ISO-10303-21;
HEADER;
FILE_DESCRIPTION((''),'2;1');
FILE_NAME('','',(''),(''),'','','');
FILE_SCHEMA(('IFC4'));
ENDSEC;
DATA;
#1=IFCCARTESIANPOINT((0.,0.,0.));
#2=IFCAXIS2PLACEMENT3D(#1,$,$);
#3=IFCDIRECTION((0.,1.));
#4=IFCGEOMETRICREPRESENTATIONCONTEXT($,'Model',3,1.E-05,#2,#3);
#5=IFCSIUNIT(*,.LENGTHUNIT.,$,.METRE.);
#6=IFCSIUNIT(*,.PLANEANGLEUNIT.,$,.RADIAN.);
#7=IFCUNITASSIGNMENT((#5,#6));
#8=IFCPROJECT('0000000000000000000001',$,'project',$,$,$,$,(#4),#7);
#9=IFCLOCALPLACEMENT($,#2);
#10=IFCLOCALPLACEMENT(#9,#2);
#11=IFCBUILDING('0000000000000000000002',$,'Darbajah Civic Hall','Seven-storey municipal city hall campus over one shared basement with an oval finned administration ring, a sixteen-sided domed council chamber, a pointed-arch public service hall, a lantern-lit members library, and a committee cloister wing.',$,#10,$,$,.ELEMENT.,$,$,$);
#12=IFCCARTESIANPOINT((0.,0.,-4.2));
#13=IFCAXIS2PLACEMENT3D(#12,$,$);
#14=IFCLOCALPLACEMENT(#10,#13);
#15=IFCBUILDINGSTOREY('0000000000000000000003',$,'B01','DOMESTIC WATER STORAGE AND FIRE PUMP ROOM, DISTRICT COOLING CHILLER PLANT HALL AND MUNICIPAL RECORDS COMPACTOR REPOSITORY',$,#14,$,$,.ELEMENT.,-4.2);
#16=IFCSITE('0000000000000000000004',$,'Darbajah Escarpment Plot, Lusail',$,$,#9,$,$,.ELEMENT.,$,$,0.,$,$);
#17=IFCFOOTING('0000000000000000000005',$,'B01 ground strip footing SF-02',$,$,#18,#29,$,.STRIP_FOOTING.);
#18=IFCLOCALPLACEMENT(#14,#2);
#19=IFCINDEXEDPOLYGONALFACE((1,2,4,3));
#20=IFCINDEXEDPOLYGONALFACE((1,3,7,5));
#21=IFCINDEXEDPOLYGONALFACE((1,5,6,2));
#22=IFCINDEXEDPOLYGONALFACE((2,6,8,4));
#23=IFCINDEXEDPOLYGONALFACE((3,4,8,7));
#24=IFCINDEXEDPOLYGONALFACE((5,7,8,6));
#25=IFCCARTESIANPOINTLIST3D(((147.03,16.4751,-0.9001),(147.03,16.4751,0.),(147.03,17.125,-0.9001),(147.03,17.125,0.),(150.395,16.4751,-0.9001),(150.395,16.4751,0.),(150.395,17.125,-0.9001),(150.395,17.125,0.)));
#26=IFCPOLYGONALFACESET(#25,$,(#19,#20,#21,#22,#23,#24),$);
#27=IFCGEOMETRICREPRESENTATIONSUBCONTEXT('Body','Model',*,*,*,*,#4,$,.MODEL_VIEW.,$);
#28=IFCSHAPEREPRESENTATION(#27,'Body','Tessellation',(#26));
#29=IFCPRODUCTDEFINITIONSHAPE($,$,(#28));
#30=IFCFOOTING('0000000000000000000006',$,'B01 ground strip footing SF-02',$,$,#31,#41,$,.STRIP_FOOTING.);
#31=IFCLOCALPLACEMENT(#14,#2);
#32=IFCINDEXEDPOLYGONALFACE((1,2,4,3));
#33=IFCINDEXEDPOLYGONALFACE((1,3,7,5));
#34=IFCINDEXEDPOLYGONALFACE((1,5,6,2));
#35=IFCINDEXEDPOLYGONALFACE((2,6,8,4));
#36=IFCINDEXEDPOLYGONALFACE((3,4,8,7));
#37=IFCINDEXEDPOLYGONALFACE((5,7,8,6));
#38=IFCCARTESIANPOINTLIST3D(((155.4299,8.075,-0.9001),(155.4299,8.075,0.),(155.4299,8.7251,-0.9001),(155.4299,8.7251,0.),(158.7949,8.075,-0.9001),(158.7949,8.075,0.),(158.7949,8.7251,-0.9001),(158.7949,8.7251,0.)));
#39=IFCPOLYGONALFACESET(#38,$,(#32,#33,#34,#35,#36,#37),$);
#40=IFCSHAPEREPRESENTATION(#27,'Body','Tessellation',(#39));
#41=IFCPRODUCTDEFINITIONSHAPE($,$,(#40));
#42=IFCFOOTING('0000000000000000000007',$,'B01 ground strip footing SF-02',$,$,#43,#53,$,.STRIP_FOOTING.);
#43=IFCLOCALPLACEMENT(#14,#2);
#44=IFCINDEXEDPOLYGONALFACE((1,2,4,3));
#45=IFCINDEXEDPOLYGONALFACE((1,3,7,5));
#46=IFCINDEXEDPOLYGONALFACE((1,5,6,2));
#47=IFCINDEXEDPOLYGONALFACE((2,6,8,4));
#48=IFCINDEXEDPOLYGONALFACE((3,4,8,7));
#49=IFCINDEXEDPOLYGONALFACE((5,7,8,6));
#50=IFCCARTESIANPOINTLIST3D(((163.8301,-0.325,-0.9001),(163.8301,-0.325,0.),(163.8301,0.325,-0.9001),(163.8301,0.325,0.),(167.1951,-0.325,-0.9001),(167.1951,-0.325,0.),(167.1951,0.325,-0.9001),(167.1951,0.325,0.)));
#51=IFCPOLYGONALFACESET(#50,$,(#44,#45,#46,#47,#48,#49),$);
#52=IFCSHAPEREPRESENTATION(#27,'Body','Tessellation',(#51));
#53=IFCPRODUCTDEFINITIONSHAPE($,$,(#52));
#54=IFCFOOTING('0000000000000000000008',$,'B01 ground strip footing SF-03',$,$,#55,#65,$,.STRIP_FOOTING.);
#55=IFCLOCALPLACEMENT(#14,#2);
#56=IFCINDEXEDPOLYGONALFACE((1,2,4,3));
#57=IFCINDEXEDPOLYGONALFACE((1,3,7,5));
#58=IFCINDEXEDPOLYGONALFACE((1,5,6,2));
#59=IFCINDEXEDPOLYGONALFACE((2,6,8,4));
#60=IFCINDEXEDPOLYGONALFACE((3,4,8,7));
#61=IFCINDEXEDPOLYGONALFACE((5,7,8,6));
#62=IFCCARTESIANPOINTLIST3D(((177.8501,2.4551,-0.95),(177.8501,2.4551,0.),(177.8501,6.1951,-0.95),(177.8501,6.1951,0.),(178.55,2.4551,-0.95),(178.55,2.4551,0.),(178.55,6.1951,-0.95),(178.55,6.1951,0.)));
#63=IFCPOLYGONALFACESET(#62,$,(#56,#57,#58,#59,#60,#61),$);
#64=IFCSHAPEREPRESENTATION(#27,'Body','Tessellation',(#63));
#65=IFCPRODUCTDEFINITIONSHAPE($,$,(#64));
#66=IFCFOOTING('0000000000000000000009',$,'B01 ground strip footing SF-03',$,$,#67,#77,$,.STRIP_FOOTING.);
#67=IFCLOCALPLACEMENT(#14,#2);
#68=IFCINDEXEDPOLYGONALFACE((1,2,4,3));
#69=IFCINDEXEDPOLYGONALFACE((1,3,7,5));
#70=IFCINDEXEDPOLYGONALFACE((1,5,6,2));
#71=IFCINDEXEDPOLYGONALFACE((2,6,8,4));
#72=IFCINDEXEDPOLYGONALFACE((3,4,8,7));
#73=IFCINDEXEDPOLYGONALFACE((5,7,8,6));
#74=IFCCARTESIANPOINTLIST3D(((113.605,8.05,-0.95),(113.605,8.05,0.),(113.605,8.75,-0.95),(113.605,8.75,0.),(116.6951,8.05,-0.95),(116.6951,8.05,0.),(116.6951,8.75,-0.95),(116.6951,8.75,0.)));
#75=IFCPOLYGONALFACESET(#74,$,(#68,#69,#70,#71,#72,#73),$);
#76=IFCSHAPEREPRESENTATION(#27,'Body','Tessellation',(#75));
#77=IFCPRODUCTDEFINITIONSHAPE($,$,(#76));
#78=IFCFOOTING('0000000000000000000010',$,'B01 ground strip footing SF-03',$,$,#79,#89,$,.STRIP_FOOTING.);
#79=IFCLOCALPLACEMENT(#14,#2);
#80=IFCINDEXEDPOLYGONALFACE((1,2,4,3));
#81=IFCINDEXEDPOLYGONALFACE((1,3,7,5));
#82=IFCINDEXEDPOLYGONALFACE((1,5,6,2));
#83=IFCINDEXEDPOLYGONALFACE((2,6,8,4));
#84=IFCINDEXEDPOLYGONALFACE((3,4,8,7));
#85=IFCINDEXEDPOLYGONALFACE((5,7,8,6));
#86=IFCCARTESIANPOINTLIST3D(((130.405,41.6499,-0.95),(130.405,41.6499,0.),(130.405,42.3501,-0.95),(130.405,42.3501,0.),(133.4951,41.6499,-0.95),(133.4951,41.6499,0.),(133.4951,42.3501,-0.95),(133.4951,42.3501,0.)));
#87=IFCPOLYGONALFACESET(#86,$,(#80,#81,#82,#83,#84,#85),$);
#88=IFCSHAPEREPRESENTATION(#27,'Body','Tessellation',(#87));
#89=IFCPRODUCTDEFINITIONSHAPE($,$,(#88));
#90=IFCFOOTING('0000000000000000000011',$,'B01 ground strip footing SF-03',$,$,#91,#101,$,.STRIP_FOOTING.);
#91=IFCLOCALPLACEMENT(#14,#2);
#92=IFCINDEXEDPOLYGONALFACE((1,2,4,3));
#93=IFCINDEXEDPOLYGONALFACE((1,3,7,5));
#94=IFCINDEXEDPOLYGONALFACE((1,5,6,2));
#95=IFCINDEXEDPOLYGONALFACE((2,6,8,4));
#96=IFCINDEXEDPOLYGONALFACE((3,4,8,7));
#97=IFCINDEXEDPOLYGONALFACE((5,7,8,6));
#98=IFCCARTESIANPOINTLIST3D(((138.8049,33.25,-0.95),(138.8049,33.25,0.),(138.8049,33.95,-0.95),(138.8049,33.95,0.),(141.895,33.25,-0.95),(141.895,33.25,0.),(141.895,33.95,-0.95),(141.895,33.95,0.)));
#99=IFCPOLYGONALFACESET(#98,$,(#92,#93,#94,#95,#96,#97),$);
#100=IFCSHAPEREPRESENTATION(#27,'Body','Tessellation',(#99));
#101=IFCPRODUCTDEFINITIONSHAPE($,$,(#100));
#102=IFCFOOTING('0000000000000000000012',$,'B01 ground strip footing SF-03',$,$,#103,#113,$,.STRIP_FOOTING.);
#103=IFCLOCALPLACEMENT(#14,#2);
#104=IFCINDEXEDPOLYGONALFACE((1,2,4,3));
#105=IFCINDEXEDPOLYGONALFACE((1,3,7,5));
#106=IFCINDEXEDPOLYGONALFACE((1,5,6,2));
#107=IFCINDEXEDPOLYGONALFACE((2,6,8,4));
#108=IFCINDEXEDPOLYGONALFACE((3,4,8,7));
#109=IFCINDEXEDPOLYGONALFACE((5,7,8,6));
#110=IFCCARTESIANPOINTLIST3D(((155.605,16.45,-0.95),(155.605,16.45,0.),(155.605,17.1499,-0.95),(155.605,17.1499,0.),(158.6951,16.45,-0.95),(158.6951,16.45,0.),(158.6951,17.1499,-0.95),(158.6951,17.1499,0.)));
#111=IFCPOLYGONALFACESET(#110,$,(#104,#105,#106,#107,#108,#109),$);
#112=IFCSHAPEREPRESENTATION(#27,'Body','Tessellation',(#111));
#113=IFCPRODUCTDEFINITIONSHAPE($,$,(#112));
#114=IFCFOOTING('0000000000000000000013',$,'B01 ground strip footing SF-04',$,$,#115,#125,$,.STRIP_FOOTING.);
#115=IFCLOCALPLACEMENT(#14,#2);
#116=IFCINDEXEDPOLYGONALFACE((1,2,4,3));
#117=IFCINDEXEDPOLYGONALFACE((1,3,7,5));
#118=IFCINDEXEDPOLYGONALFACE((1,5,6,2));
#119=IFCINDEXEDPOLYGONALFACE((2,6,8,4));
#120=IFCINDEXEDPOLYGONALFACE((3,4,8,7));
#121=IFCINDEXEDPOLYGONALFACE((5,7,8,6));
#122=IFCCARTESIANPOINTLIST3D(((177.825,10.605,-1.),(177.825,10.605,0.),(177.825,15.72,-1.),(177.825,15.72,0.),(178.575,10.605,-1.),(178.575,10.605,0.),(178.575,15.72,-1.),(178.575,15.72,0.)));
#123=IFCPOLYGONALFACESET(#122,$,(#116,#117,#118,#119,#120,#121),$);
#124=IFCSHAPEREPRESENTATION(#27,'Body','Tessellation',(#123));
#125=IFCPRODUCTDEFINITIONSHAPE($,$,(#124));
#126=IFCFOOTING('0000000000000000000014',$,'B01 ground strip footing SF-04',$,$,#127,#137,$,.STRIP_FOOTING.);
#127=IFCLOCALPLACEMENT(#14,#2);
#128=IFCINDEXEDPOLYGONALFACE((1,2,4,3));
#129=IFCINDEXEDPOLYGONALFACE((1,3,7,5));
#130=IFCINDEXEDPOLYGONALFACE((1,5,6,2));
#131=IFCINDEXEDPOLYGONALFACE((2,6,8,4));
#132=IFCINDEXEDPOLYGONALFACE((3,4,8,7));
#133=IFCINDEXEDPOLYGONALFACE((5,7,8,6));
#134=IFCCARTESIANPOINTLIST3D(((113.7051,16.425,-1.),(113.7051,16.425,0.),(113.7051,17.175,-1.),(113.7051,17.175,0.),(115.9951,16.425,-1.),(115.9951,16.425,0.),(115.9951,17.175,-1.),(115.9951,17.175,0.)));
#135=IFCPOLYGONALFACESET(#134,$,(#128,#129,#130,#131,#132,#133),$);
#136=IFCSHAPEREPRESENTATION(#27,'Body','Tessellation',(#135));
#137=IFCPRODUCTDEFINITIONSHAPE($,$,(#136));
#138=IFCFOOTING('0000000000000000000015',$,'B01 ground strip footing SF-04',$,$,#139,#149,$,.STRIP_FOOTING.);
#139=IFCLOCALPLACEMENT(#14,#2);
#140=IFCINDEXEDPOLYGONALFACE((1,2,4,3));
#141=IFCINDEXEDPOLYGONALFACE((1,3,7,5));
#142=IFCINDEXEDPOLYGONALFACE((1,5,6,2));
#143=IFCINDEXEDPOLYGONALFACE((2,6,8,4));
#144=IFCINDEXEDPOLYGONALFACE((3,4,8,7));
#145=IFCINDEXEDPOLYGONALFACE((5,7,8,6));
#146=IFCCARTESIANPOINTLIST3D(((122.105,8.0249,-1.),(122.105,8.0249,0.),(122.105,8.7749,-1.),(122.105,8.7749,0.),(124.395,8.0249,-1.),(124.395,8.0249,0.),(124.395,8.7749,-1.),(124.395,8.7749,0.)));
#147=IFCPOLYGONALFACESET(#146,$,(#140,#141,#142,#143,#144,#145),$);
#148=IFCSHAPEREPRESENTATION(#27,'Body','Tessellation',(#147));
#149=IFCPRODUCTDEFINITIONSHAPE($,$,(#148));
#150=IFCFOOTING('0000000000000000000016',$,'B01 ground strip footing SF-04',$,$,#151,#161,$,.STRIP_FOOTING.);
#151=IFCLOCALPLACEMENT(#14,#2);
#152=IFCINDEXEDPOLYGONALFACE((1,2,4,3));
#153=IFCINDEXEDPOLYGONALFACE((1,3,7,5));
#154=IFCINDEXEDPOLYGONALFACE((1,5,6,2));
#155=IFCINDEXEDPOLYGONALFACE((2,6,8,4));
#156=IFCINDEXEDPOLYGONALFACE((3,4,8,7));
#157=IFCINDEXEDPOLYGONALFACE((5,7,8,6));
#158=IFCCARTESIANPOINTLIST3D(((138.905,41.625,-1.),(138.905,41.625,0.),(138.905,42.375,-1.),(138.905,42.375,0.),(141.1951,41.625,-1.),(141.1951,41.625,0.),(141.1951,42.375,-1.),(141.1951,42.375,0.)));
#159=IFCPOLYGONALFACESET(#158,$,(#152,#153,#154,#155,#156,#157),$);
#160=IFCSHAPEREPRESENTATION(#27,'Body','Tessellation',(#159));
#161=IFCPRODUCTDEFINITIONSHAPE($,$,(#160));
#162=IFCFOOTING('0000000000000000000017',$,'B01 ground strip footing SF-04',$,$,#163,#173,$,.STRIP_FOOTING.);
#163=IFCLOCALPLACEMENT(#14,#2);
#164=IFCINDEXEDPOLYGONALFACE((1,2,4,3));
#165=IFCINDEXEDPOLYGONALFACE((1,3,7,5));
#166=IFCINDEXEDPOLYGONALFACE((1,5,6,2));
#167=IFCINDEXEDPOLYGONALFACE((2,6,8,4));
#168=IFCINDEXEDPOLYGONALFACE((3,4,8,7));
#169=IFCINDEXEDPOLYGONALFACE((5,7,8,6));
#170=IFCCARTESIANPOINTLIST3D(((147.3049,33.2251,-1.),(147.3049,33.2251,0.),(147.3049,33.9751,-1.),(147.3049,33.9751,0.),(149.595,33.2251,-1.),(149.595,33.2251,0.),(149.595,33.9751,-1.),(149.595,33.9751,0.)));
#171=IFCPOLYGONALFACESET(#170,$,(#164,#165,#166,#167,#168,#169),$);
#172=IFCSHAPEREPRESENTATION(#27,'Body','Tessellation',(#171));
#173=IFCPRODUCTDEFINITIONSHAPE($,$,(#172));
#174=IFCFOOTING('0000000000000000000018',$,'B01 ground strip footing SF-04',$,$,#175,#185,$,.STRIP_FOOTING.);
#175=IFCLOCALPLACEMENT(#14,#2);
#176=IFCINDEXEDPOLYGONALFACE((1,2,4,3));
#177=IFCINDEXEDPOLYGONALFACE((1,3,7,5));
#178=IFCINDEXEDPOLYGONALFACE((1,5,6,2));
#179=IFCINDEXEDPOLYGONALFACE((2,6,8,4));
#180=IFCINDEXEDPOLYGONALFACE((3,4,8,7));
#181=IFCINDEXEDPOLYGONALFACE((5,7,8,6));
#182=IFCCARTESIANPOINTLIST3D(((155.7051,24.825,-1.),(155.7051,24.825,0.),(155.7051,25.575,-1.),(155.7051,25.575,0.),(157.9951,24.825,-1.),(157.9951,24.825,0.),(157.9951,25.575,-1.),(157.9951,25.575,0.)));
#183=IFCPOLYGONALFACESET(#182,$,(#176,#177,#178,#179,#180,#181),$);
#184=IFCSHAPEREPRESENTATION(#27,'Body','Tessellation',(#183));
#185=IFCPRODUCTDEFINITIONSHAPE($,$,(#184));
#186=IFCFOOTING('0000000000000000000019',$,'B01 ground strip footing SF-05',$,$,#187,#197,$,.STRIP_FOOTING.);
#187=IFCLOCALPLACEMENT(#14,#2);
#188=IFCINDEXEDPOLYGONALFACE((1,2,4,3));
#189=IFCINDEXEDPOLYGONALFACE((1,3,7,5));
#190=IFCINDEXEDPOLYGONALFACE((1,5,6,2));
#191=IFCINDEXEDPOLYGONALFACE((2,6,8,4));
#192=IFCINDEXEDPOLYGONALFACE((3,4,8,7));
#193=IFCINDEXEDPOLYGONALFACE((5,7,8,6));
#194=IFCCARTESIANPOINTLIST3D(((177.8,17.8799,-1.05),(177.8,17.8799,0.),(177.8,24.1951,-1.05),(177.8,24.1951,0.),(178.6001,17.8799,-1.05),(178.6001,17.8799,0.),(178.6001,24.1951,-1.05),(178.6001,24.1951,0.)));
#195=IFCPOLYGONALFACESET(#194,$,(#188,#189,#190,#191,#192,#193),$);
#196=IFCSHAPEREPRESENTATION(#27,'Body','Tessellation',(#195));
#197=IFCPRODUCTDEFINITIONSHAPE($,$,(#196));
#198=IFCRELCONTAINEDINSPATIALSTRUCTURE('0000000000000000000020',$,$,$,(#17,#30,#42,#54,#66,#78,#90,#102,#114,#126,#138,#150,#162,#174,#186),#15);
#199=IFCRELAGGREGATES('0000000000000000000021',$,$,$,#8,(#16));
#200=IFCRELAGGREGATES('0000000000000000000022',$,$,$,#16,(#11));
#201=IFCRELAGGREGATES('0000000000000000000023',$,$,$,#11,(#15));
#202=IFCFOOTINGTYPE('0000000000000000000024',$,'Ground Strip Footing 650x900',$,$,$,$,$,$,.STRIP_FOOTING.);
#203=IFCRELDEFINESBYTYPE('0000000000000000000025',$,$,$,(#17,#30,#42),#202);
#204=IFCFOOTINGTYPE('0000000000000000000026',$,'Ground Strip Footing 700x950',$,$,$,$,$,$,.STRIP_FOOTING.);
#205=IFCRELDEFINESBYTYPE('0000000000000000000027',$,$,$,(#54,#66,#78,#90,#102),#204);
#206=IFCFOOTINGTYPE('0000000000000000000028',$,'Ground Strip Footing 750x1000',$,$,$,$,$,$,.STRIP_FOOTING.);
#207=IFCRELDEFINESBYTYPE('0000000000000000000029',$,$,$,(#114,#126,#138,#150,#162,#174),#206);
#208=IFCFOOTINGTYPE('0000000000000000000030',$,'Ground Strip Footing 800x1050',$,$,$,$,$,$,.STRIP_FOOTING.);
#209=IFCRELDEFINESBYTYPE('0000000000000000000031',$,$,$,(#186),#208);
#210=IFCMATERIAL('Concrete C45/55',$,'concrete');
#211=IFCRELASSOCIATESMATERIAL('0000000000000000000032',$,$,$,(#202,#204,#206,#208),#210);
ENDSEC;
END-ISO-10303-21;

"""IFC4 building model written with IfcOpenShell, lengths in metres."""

from ifc_helpers import new_model, si_unit, direction, frame, origin, place, context, subcontext, project, spatial, polyline, outline, extrude, material, type_object, element, save


model = new_model("IFC4")

# Units and contexts
model_context = context("Model", 3, precision=1e-05, world=origin(), true_north=direction((0.0, 1.0)))
body_context = subcontext(model_context, "Body", "Model", "MODEL_VIEW")
ifc_project = project(units=[si_unit("LENGTHUNIT", "METRE"), si_unit("PLANEANGLEUNIT", "RADIAN")], contexts=[model_context])

# Site, building, storey
site_placement = place(None, origin())
site = spatial("IfcSite", under=ifc_project, at=site_placement, Name="Darbajah Escarpment Plot, Lusail", CompositionType="ELEMENT", RefElevation=0.0)
building_placement = place(site_placement, origin())
building = spatial("IfcBuilding", under=site, at=building_placement, Name="Darbajah Civic Hall", Description="Seven-storey municipal city hall campus over one shared basement with an oval finned administration ring, a sixteen-sided domed council chamber, a pointed-arch public service hall, a lantern-lit members library, and a committee cloister wing.", CompositionType="ELEMENT")
storey_placement = place(building_placement, frame((0.0, 0.0, -4.2)))
storey = spatial("IfcBuildingStorey", under=building, at=storey_placement, Name="B01", Description="DOMESTIC WATER STORAGE AND FIRE PUMP ROOM, DISTRICT COOLING CHILLER PLANT HALL AND MUNICIPAL RECORDS COMPACTOR REPOSITORY", CompositionType="ELEMENT", Elevation=-4.2)

# Footings
ifc_material = material(Name="Concrete C45/55", Category="concrete")
footing_type_1 = type_object("IfcFootingType", Name="Ground Strip Footing 650x900", PredefinedType="STRIP_FOOTING", material=ifc_material)
footing_1_placement = place(storey_placement, frame((0.0, 0.0, -0.9001)))
element("IfcFooting", 1, at=footing_1_placement, inside=storey, type_object=footing_type_1, Name="B01 ground strip footing SF-02", PredefinedType="STRIP_FOOTING", context=body_context, shape_type="SweptSolid", body=[
    extrude(outline(polyline([(147.03, 16.4751), (150.395, 16.4751), (150.395, 17.125), (147.03, 17.125), (147.03, 16.4751)])), origin(), (0.0, 0.0, 1.0), 0.9001),
])
footing_2_placement = place(storey_placement, frame((0.0, 0.0, -0.9001)))
element("IfcFooting", 2, at=footing_2_placement, inside=storey, type_object=footing_type_1, Name="B01 ground strip footing SF-02", PredefinedType="STRIP_FOOTING", context=body_context, shape_type="SweptSolid", body=[
    extrude(outline(polyline([(155.4299, 8.075), (158.7949, 8.075), (158.7949, 8.7251), (155.4299, 8.7251), (155.4299, 8.075)])), origin(), (0.0, 0.0, 1.0), 0.9001),
])
footing_3_placement = place(storey_placement, frame((0.0, 0.0, -0.9001)))
element("IfcFooting", 3, at=footing_3_placement, inside=storey, type_object=footing_type_1, Name="B01 ground strip footing SF-02", PredefinedType="STRIP_FOOTING", context=body_context, shape_type="SweptSolid", body=[
    extrude(outline(polyline([(163.8301, -0.325), (167.1951, -0.325), (167.1951, 0.325), (163.8301, 0.325), (163.8301, -0.325)])), origin(), (0.0, 0.0, 1.0), 0.9001),
])
footing_type_2 = type_object("IfcFootingType", Name="Ground Strip Footing 700x950", PredefinedType="STRIP_FOOTING", material=ifc_material)
footing_4_placement = place(storey_placement, frame((0.0, 0.0, -0.95)))
element("IfcFooting", 4, at=footing_4_placement, inside=storey, type_object=footing_type_2, Name="B01 ground strip footing SF-03", PredefinedType="STRIP_FOOTING", context=body_context, shape_type="SweptSolid", body=[
    extrude(outline(polyline([(178.55, 2.4551), (178.55, 6.1951), (177.8501, 6.1951), (177.8501, 2.4551), (178.55, 2.4551)])), origin(), (0.0, 0.0, 1.0), 0.95),
])
footing_5_placement = place(storey_placement, frame((0.0, 0.0, -0.95)))
element("IfcFooting", 5, at=footing_5_placement, inside=storey, type_object=footing_type_2, Name="B01 ground strip footing SF-03", PredefinedType="STRIP_FOOTING", context=body_context, shape_type="SweptSolid", body=[
    extrude(outline(polyline([(113.605, 8.05), (116.6951, 8.05), (116.6951, 8.75), (113.605, 8.75), (113.605, 8.05)])), origin(), (0.0, 0.0, 1.0), 0.95),
])
footing_6_placement = place(storey_placement, frame((0.0, 0.0, -0.95)))
element("IfcFooting", 6, at=footing_6_placement, inside=storey, type_object=footing_type_2, Name="B01 ground strip footing SF-03", PredefinedType="STRIP_FOOTING", context=body_context, shape_type="SweptSolid", body=[
    extrude(outline(polyline([(130.405, 41.6499), (133.4951, 41.6499), (133.4951, 42.3501), (130.405, 42.3501), (130.405, 41.6499)])), origin(), (0.0, 0.0, 1.0), 0.95),
])
footing_7_placement = place(storey_placement, frame((0.0, 0.0, -0.95)))
element("IfcFooting", 7, at=footing_7_placement, inside=storey, type_object=footing_type_2, Name="B01 ground strip footing SF-03", PredefinedType="STRIP_FOOTING", context=body_context, shape_type="SweptSolid", body=[
    extrude(outline(polyline([(138.8049, 33.25), (141.895, 33.25), (141.895, 33.95), (138.8049, 33.95), (138.8049, 33.25)])), origin(), (0.0, 0.0, 1.0), 0.95),
])
footing_8_placement = place(storey_placement, frame((0.0, 0.0, -0.95)))
element("IfcFooting", 8, at=footing_8_placement, inside=storey, type_object=footing_type_2, Name="B01 ground strip footing SF-03", PredefinedType="STRIP_FOOTING", context=body_context, shape_type="SweptSolid", body=[
    extrude(outline(polyline([(155.605, 16.45), (158.6951, 16.45), (158.6951, 17.1499), (155.605, 17.1499), (155.605, 16.45)])), origin(), (0.0, 0.0, 1.0), 0.95),
])
footing_type_3 = type_object("IfcFootingType", Name="Ground Strip Footing 750x1000", PredefinedType="STRIP_FOOTING", material=ifc_material)
footing_9_placement = place(storey_placement, frame((0.0, 0.0, -1.0)))
element("IfcFooting", 9, at=footing_9_placement, inside=storey, type_object=footing_type_3, Name="B01 ground strip footing SF-04", PredefinedType="STRIP_FOOTING", context=body_context, shape_type="SweptSolid", body=[
    extrude(outline(polyline([(178.575, 10.605), (178.575, 15.72), (177.825, 15.72), (177.825, 10.605), (178.575, 10.605)])), origin(), (0.0, 0.0, 1.0), 1.0),
])
footing_10_placement = place(storey_placement, frame((0.0, 0.0, -1.0)))
element("IfcFooting", 10, at=footing_10_placement, inside=storey, type_object=footing_type_3, Name="B01 ground strip footing SF-04", PredefinedType="STRIP_FOOTING", context=body_context, shape_type="SweptSolid", body=[
    extrude(outline(polyline([(113.7051, 16.425), (115.9951, 16.425), (115.9951, 17.175), (113.7051, 17.175), (113.7051, 16.425)])), origin(), (0.0, 0.0, 1.0), 1.0),
])
footing_11_placement = place(storey_placement, frame((0.0, 0.0, -1.0)))
element("IfcFooting", 11, at=footing_11_placement, inside=storey, type_object=footing_type_3, Name="B01 ground strip footing SF-04", PredefinedType="STRIP_FOOTING", context=body_context, shape_type="SweptSolid", body=[
    extrude(outline(polyline([(122.105, 8.0249), (124.395, 8.0249), (124.395, 8.7749), (122.105, 8.7749), (122.105, 8.0249)])), origin(), (0.0, 0.0, 1.0), 1.0),
])
footing_12_placement = place(storey_placement, frame((0.0, 0.0, -1.0)))
element("IfcFooting", 12, at=footing_12_placement, inside=storey, type_object=footing_type_3, Name="B01 ground strip footing SF-04", PredefinedType="STRIP_FOOTING", context=body_context, shape_type="SweptSolid", body=[
    extrude(outline(polyline([(138.905, 41.625), (141.1951, 41.625), (141.1951, 42.375), (138.905, 42.375), (138.905, 41.625)])), origin(), (0.0, 0.0, 1.0), 1.0),
])
footing_13_placement = place(storey_placement, frame((0.0, 0.0, -1.0)))
element("IfcFooting", 13, at=footing_13_placement, inside=storey, type_object=footing_type_3, Name="B01 ground strip footing SF-04", PredefinedType="STRIP_FOOTING", context=body_context, shape_type="SweptSolid", body=[
    extrude(outline(polyline([(147.3049, 33.2251), (149.595, 33.2251), (149.595, 33.9751), (147.3049, 33.9751), (147.3049, 33.2251)])), origin(), (0.0, 0.0, 1.0), 1.0),
])
footing_14_placement = place(storey_placement, frame((0.0, 0.0, -1.0)))
element("IfcFooting", 14, at=footing_14_placement, inside=storey, type_object=footing_type_3, Name="B01 ground strip footing SF-04", PredefinedType="STRIP_FOOTING", context=body_context, shape_type="SweptSolid", body=[
    extrude(outline(polyline([(155.7051, 24.825), (157.9951, 24.825), (157.9951, 25.575), (155.7051, 25.575), (155.7051, 24.825)])), origin(), (0.0, 0.0, 1.0), 1.0),
])
footing_type_4 = type_object("IfcFootingType", Name="Ground Strip Footing 800x1050", PredefinedType="STRIP_FOOTING", material=ifc_material)
footing_15_placement = place(storey_placement, frame((0.0, 0.0, -1.05)))
element("IfcFooting", 15, at=footing_15_placement, inside=storey, type_object=footing_type_4, Name="B01 ground strip footing SF-05", PredefinedType="STRIP_FOOTING", context=body_context, shape_type="SweptSolid", body=[
    extrude(outline(polyline([(178.6001, 17.8799), (178.6001, 24.1951), (177.8, 24.1951), (177.8, 17.8799), (178.6001, 17.8799)])), origin(), (0.0, 0.0, 1.0), 1.05),
])

save(model, "model.ifc")
